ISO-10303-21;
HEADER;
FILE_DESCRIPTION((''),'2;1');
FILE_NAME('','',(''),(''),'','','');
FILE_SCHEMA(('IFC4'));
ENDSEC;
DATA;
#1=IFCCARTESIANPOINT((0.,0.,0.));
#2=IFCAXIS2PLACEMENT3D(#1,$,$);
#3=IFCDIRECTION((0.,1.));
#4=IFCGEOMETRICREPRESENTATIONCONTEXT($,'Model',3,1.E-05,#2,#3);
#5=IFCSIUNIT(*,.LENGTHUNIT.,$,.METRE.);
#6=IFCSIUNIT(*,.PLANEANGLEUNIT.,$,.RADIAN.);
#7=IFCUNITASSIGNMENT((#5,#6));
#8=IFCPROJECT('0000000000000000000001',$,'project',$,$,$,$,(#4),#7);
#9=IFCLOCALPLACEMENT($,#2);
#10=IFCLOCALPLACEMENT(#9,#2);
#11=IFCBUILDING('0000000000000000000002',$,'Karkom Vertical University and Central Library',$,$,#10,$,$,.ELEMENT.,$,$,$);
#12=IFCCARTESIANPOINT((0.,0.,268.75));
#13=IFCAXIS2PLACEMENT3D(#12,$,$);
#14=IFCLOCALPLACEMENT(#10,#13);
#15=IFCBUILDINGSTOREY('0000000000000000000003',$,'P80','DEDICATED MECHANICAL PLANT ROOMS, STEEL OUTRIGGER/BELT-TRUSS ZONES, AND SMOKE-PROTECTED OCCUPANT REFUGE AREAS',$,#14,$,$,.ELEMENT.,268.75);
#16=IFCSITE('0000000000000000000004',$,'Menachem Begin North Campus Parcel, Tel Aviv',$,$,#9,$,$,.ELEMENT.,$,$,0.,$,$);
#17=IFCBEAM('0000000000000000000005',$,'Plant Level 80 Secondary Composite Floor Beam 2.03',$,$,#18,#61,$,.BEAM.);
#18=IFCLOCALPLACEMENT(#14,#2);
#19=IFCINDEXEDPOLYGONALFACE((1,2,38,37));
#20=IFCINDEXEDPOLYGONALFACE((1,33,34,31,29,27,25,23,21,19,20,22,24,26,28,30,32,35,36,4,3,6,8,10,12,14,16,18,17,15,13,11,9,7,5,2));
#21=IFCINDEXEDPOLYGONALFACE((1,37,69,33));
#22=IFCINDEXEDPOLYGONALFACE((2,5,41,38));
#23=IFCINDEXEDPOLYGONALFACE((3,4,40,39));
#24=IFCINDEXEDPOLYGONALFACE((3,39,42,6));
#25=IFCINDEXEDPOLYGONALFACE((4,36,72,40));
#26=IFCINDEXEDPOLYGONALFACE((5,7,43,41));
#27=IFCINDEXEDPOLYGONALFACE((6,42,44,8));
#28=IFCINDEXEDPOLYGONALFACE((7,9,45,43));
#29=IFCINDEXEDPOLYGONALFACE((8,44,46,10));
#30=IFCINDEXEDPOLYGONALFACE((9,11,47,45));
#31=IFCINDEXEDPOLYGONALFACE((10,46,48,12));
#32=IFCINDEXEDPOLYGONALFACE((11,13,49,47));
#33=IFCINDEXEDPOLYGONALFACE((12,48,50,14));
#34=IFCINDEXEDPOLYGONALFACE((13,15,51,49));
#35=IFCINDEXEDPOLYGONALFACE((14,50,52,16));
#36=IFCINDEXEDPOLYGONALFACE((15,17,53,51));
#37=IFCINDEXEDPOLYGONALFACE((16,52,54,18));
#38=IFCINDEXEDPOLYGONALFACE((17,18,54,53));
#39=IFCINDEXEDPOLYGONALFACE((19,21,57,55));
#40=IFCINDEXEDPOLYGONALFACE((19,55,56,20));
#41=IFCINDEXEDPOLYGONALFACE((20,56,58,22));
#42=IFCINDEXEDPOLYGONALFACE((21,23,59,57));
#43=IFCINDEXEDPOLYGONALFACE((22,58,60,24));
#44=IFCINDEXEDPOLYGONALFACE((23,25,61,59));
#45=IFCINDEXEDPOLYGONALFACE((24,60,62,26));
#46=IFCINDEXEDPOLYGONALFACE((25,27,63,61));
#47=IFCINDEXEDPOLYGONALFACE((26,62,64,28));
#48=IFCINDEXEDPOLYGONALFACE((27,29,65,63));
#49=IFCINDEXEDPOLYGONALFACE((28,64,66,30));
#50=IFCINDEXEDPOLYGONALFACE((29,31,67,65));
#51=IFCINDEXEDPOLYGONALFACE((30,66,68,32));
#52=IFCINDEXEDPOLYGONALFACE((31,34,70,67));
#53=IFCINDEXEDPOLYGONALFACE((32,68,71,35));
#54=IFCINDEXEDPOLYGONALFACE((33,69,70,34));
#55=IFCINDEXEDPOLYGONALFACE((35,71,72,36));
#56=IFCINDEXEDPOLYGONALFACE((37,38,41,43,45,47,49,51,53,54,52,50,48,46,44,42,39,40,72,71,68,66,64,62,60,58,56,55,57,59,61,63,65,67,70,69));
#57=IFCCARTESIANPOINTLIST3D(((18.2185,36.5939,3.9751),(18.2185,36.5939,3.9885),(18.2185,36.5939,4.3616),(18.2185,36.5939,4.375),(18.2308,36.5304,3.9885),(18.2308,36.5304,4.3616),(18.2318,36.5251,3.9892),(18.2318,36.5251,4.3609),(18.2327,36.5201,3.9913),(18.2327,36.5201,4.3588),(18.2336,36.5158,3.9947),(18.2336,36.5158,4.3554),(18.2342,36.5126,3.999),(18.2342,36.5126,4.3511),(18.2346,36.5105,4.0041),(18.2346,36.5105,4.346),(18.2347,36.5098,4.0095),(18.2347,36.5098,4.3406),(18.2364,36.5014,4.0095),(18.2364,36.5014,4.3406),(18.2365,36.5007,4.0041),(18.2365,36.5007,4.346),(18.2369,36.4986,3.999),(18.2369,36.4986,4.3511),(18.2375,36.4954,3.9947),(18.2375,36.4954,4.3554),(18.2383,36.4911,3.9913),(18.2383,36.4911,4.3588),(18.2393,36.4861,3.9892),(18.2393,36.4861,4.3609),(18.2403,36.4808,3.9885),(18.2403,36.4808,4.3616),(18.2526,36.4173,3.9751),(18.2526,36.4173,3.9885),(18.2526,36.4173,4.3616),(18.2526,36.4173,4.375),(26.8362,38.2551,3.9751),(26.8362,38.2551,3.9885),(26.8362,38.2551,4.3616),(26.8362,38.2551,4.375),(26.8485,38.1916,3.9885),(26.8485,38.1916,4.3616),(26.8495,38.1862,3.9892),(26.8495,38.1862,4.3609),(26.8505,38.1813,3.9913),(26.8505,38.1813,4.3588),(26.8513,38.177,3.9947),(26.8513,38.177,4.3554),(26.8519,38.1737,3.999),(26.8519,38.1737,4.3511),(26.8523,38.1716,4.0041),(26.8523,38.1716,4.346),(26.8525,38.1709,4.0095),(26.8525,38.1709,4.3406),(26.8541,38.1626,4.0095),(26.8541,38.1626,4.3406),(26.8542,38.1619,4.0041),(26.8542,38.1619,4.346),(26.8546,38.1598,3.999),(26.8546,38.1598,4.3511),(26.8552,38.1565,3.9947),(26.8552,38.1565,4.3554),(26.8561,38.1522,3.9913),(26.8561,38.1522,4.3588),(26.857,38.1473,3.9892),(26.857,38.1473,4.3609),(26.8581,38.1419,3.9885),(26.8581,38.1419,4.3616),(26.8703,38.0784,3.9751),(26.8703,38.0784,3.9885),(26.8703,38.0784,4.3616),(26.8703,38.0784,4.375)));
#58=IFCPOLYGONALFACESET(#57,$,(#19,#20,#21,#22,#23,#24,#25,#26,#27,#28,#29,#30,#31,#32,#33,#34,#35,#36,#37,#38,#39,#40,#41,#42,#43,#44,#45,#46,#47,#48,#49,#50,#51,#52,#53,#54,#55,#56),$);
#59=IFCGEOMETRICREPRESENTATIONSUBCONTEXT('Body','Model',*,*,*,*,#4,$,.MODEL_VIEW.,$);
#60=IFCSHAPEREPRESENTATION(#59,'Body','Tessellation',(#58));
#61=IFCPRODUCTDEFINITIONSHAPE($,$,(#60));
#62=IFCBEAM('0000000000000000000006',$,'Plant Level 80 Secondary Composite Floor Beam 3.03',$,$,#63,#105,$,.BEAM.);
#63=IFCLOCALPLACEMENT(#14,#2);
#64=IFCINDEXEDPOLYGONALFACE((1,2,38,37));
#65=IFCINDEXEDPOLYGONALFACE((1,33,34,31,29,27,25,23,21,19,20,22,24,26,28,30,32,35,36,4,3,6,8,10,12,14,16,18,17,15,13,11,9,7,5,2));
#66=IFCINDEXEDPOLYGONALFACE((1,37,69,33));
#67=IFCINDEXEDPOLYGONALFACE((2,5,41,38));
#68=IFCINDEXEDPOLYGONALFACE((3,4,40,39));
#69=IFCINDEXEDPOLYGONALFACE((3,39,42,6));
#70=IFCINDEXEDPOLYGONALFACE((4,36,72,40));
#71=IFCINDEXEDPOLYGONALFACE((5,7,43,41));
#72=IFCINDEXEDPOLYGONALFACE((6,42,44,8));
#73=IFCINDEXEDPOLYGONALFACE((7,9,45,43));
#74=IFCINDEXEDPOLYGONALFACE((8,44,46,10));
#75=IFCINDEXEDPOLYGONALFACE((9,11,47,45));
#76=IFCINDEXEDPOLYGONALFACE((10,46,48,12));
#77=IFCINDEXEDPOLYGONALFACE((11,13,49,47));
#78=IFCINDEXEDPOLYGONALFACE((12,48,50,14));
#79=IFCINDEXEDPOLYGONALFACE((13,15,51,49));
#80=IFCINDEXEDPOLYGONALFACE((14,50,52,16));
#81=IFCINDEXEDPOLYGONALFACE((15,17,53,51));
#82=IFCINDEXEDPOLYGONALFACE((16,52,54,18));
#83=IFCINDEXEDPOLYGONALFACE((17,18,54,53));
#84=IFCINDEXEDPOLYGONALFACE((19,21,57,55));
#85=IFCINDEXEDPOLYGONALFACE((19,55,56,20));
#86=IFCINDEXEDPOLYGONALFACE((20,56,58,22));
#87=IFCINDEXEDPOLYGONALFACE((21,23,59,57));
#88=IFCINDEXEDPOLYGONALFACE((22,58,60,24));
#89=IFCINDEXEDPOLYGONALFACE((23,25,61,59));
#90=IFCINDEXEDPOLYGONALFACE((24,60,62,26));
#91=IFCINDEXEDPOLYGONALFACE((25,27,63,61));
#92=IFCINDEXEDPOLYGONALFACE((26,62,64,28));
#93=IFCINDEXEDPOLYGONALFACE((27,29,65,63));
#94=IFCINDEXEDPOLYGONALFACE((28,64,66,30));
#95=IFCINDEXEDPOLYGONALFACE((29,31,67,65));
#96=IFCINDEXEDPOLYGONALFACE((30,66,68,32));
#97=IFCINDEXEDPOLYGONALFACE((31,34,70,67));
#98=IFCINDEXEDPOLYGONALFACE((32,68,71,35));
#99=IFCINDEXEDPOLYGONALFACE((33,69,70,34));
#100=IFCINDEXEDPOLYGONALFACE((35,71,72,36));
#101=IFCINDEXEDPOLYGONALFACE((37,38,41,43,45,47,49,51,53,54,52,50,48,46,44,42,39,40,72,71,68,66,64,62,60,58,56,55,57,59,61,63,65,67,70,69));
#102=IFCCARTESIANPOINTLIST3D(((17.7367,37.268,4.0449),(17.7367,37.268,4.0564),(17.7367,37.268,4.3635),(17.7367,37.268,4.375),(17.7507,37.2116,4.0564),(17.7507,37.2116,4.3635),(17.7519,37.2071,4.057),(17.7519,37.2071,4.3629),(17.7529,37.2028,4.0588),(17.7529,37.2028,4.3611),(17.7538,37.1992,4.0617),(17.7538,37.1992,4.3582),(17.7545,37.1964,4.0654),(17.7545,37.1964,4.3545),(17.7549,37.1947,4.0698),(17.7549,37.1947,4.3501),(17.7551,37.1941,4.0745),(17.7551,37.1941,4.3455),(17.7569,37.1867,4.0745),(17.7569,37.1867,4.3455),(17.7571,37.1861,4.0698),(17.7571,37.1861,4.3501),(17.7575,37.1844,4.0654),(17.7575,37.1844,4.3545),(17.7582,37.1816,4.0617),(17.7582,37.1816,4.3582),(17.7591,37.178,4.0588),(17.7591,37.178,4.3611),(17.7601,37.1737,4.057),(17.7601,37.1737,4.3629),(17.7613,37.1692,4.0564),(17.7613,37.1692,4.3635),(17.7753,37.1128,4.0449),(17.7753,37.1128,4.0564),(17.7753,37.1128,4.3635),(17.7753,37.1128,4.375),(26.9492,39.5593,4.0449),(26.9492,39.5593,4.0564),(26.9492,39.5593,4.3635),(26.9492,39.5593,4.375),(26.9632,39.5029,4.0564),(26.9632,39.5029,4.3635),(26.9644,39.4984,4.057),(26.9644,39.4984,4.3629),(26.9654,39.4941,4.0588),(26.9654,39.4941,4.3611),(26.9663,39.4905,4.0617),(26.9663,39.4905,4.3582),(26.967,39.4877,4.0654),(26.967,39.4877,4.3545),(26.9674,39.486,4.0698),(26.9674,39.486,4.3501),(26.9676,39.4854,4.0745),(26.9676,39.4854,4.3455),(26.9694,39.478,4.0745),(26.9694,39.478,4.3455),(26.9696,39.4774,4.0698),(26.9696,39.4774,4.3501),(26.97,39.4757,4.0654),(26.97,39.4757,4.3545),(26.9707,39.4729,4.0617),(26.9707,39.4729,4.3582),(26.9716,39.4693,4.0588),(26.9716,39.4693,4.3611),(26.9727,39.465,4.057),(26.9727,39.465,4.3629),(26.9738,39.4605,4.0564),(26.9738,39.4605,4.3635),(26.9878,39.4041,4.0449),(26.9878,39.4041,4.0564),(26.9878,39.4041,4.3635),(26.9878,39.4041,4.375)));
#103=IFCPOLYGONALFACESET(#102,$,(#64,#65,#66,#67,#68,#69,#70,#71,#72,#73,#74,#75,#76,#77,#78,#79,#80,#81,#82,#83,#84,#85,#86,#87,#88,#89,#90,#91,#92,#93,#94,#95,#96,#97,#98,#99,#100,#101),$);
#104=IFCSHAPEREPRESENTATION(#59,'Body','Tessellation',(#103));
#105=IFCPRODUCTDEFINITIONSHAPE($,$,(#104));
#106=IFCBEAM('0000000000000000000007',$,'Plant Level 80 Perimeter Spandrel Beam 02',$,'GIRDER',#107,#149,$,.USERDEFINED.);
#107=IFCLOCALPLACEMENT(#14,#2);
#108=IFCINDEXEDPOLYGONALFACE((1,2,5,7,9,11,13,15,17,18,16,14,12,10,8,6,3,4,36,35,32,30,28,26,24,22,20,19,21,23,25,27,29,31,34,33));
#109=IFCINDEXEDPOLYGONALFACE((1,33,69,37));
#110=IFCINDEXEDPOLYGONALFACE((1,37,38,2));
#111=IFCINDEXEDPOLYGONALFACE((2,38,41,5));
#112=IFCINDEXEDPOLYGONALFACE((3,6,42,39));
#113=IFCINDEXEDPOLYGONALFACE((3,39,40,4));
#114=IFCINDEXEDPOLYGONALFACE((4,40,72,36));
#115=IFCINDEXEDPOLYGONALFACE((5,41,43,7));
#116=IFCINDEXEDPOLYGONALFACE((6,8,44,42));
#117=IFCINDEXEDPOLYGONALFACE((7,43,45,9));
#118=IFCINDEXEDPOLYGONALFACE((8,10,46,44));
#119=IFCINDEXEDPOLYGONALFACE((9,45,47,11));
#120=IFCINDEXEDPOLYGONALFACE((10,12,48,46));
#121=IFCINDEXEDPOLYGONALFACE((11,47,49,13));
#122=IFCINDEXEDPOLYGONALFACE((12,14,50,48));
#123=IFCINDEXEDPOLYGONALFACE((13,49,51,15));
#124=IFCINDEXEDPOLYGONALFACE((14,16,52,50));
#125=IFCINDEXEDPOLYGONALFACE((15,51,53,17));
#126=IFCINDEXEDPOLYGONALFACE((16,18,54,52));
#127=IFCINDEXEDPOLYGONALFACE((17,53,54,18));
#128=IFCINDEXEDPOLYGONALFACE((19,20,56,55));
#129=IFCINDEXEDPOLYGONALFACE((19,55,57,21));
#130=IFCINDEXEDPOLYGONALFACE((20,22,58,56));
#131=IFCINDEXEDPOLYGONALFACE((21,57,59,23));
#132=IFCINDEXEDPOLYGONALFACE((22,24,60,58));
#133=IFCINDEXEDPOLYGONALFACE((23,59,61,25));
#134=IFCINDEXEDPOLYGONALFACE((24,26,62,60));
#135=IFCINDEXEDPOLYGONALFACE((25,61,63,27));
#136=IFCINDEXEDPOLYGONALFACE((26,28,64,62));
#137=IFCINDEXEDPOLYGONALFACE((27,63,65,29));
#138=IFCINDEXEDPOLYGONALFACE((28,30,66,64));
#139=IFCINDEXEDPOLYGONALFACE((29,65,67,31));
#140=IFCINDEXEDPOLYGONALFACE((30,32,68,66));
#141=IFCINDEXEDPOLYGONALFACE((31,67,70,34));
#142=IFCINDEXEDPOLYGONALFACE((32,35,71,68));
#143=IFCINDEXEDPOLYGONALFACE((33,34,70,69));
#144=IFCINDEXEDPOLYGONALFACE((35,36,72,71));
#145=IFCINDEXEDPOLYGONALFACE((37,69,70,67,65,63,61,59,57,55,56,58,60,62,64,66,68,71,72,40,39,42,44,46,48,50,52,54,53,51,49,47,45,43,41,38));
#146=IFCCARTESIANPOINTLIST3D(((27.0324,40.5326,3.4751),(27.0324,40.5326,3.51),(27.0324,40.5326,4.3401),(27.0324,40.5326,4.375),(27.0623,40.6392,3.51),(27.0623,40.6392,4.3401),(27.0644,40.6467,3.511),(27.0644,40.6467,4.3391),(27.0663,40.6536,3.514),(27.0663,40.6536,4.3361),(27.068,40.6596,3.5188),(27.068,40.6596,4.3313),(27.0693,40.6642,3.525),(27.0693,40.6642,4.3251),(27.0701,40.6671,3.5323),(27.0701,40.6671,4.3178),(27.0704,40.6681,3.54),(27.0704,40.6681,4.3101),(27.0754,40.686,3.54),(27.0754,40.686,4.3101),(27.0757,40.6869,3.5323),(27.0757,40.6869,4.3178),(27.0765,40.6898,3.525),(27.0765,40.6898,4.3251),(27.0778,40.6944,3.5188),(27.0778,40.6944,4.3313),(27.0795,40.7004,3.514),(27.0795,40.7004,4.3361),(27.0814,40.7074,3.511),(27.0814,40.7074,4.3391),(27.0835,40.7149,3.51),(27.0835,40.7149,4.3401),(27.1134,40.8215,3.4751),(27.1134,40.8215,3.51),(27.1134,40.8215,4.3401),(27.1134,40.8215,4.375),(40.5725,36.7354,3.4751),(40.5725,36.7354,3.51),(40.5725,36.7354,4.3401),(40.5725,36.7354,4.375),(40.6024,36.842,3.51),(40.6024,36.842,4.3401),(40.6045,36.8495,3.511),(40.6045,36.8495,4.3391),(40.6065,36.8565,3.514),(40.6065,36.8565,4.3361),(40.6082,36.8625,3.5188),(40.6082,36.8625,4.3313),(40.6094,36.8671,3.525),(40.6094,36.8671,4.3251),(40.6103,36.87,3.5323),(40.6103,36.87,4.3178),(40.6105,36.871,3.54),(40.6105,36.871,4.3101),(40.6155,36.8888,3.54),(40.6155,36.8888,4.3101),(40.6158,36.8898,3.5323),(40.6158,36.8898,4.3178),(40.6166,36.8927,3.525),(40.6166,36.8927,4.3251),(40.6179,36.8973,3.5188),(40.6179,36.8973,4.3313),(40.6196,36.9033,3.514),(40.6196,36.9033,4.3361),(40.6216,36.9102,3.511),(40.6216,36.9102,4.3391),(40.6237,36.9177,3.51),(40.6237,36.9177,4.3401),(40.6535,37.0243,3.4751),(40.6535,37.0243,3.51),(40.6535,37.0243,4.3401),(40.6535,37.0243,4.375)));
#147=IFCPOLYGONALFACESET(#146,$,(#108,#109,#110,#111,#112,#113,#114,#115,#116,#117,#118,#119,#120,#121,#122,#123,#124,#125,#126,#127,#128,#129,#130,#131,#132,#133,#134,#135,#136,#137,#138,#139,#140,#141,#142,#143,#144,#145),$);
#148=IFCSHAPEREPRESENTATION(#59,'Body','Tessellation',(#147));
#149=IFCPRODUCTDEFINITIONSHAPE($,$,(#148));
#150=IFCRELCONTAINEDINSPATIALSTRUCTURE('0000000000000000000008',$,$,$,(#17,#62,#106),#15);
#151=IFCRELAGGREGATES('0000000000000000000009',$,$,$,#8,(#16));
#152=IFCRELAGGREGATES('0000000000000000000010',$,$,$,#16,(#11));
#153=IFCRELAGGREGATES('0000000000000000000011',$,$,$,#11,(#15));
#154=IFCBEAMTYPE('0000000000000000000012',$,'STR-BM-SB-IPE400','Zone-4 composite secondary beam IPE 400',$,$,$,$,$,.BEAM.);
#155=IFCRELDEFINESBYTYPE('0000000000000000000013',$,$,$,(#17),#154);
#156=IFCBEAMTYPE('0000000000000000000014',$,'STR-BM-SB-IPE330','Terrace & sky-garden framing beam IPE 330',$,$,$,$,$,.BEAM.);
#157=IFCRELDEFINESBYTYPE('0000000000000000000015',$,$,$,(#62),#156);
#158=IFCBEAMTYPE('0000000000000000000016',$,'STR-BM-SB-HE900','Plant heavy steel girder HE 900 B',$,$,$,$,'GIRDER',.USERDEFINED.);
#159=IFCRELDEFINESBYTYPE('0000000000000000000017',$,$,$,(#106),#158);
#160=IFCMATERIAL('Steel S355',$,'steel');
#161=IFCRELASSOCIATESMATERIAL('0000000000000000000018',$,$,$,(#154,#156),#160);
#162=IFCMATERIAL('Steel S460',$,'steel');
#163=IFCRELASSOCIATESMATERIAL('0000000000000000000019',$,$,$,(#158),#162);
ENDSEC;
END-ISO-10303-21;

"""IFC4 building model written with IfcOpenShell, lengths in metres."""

from ifc_helpers import new_model, si_unit, direction, frame, origin, origin_with_axes, origin_2d, place, context, subcontext, project, spatial, i_section, extrude, source, transform, mapped, material, material_profile, profile_set, type_object, element, save


model = new_model("IFC4")

# Units and contexts
model_context = context("Model", 3, precision=1e-05, world=origin(), true_north=direction((0.0, 1.0)))
body_context = subcontext(model_context, "Body", "Model", "MODEL_VIEW")
ifc_project = project(units=[si_unit("LENGTHUNIT", "METRE"), si_unit("PLANEANGLEUNIT", "RADIAN")], contexts=[model_context])

# Site, building, storey
site_placement = place(None, origin())
site = spatial("IfcSite", under=ifc_project, at=site_placement, Name="Menachem Begin North Campus Parcel, Tel Aviv", CompositionType="ELEMENT", RefElevation=0.0)
building_placement = place(site_placement, origin())
building = spatial("IfcBuilding", under=site, at=building_placement, Name="Karkom Vertical University and Central Library", CompositionType="ELEMENT")
storey_placement = place(building_placement, frame((0.0, 0.0, 268.75)))
storey = spatial("IfcBuildingStorey", under=building, at=storey_placement, Name="P80", Description="DEDICATED MECHANICAL PLANT ROOMS, STEEL OUTRIGGER/BELT-TRUSS ZONES, AND SMOKE-PROTECTED OCCUPANT REFUGE AREAS", CompositionType="ELEMENT", Elevation=268.75)

# Beams
ifc_material_1 = material(Name="Steel S355", Category="steel")
ifc_material_profile_1 = material_profile(ifc_material_1, i_section(OverallWidth=0.1799, OverallDepth=0.3999, WebThickness=0.0085, FlangeThickness=0.0134, FilletRadius=0.021, at=origin_2d()), Name="IPE 400")
ifc_profile_set_1 = profile_set([ifc_material_profile_1], Name="Steel S355")
beam_type_1 = type_object("IfcBeamType", Name="STR-BM-SB-IPE400", Description="Zone-4 composite secondary beam IPE 400", PredefinedType="BEAM", material=ifc_profile_set_1)
shared_shape_1 = source(origin_with_axes(), body_context, "Body", "SweptSolid", [
    extrude(i_section(OverallWidth=0.1799, OverallDepth=0.3999, WebThickness=0.0085, FlangeThickness=0.0134, FilletRadius=0.021, at=origin_2d()), origin(), (0.0, 0.0, 1.0), 8.7764),
])
beam_1_placement = place(storey_placement, frame((26.8533, 38.1667, 4.175), z_axis=(-0.981924, -0.189275, 0.0), x_axis=(0.189275, -0.981924, 0.0)))
element("IfcBeam", 1, at=beam_1_placement, inside=storey, type_object=beam_type_1, Name="Plant Level 80 Secondary Composite Floor Beam 2.03", PredefinedType="BEAM", context=body_context, shape_type="MappedRepresentation", body=[
    mapped(shared_shape_1, transform((0.0, 0.0, 0.0), scale=1.0)),
])
ifc_material_profile_2 = material_profile(ifc_material_1, i_section(OverallWidth=0.1599, OverallDepth=0.3301, WebThickness=0.0076, FlangeThickness=0.0115, FilletRadius=0.0181, at=origin_2d()), Name="IPE 330")
ifc_profile_set_2 = profile_set([ifc_material_profile_2], Name="Steel S355")
beam_type_2 = type_object("IfcBeamType", Name="STR-BM-SB-IPE330", Description="Terrace & sky-garden framing beam IPE 330", PredefinedType="BEAM", material=ifc_profile_set_2)
shared_shape_2 = source(origin_with_axes(), body_context, "Body", "SweptSolid", [
    extrude(i_section(OverallWidth=0.1599, OverallDepth=0.3301, WebThickness=0.0076, FlangeThickness=0.0115, FilletRadius=0.0181, at=origin_2d()), origin(), (0.0, 0.0, 1.0), 9.4932),
])
beam_2_placement = place(storey_placement, frame((26.9685, 39.4817, 4.21), z_axis=(-0.970435, -0.241362, 0.0), x_axis=(0.241362, -0.970435, 0.0)))
element("IfcBeam", 2, at=beam_2_placement, inside=storey, type_object=beam_type_2, Name="Plant Level 80 Secondary Composite Floor Beam 3.03", PredefinedType="BEAM", context=body_context, shape_type="MappedRepresentation", body=[
    mapped(shared_shape_2, transform((0.0, 0.0, 0.0), scale=1.0)),
])
ifc_material_2 = material(Name="Steel S460", Category="steel")
ifc_material_profile_3 = material_profile(ifc_material_2, i_section(OverallWidth=0.3, OverallDepth=0.8999, WebThickness=0.0186, FlangeThickness=0.0349, FilletRadius=0.03, at=origin_2d()), Name="HE 900 B")
ifc_profile_set_3 = profile_set([ifc_material_profile_3], Name="Steel S460")
beam_type_3 = type_object("IfcBeamType", Name="STR-BM-SB-HE900", Description="Plant heavy steel girder HE 900 B", ElementType="GIRDER", PredefinedType="USERDEFINED", material=ifc_profile_set_3)
shared_shape_3 = source(origin_with_axes(), body_context, "Body", "SweptSolid", [
    extrude(i_section(OverallWidth=0.3, OverallDepth=0.8999, WebThickness=0.0186, FlangeThickness=0.0349, FilletRadius=0.03, at=origin_2d()), origin(), (0.0, 0.0, 1.0), 14.0625),
])
beam_3_placement = place(storey_placement, frame((40.613, 36.8799, 3.925), z_axis=(-0.962855, 0.27002, 0.0), x_axis=(-0.27002, -0.962855, 0.0)))
element("IfcBeam", 3, at=beam_3_placement, inside=storey, type_object=beam_type_3, Name="Plant Level 80 Perimeter Spandrel Beam 02", ObjectType="GIRDER", PredefinedType="USERDEFINED", context=body_context, shape_type="MappedRepresentation", body=[
    mapped(shared_shape_3, transform((0.0, 0.0, 0.0), scale=1.0)),
])

save(model, "model.ifc")
